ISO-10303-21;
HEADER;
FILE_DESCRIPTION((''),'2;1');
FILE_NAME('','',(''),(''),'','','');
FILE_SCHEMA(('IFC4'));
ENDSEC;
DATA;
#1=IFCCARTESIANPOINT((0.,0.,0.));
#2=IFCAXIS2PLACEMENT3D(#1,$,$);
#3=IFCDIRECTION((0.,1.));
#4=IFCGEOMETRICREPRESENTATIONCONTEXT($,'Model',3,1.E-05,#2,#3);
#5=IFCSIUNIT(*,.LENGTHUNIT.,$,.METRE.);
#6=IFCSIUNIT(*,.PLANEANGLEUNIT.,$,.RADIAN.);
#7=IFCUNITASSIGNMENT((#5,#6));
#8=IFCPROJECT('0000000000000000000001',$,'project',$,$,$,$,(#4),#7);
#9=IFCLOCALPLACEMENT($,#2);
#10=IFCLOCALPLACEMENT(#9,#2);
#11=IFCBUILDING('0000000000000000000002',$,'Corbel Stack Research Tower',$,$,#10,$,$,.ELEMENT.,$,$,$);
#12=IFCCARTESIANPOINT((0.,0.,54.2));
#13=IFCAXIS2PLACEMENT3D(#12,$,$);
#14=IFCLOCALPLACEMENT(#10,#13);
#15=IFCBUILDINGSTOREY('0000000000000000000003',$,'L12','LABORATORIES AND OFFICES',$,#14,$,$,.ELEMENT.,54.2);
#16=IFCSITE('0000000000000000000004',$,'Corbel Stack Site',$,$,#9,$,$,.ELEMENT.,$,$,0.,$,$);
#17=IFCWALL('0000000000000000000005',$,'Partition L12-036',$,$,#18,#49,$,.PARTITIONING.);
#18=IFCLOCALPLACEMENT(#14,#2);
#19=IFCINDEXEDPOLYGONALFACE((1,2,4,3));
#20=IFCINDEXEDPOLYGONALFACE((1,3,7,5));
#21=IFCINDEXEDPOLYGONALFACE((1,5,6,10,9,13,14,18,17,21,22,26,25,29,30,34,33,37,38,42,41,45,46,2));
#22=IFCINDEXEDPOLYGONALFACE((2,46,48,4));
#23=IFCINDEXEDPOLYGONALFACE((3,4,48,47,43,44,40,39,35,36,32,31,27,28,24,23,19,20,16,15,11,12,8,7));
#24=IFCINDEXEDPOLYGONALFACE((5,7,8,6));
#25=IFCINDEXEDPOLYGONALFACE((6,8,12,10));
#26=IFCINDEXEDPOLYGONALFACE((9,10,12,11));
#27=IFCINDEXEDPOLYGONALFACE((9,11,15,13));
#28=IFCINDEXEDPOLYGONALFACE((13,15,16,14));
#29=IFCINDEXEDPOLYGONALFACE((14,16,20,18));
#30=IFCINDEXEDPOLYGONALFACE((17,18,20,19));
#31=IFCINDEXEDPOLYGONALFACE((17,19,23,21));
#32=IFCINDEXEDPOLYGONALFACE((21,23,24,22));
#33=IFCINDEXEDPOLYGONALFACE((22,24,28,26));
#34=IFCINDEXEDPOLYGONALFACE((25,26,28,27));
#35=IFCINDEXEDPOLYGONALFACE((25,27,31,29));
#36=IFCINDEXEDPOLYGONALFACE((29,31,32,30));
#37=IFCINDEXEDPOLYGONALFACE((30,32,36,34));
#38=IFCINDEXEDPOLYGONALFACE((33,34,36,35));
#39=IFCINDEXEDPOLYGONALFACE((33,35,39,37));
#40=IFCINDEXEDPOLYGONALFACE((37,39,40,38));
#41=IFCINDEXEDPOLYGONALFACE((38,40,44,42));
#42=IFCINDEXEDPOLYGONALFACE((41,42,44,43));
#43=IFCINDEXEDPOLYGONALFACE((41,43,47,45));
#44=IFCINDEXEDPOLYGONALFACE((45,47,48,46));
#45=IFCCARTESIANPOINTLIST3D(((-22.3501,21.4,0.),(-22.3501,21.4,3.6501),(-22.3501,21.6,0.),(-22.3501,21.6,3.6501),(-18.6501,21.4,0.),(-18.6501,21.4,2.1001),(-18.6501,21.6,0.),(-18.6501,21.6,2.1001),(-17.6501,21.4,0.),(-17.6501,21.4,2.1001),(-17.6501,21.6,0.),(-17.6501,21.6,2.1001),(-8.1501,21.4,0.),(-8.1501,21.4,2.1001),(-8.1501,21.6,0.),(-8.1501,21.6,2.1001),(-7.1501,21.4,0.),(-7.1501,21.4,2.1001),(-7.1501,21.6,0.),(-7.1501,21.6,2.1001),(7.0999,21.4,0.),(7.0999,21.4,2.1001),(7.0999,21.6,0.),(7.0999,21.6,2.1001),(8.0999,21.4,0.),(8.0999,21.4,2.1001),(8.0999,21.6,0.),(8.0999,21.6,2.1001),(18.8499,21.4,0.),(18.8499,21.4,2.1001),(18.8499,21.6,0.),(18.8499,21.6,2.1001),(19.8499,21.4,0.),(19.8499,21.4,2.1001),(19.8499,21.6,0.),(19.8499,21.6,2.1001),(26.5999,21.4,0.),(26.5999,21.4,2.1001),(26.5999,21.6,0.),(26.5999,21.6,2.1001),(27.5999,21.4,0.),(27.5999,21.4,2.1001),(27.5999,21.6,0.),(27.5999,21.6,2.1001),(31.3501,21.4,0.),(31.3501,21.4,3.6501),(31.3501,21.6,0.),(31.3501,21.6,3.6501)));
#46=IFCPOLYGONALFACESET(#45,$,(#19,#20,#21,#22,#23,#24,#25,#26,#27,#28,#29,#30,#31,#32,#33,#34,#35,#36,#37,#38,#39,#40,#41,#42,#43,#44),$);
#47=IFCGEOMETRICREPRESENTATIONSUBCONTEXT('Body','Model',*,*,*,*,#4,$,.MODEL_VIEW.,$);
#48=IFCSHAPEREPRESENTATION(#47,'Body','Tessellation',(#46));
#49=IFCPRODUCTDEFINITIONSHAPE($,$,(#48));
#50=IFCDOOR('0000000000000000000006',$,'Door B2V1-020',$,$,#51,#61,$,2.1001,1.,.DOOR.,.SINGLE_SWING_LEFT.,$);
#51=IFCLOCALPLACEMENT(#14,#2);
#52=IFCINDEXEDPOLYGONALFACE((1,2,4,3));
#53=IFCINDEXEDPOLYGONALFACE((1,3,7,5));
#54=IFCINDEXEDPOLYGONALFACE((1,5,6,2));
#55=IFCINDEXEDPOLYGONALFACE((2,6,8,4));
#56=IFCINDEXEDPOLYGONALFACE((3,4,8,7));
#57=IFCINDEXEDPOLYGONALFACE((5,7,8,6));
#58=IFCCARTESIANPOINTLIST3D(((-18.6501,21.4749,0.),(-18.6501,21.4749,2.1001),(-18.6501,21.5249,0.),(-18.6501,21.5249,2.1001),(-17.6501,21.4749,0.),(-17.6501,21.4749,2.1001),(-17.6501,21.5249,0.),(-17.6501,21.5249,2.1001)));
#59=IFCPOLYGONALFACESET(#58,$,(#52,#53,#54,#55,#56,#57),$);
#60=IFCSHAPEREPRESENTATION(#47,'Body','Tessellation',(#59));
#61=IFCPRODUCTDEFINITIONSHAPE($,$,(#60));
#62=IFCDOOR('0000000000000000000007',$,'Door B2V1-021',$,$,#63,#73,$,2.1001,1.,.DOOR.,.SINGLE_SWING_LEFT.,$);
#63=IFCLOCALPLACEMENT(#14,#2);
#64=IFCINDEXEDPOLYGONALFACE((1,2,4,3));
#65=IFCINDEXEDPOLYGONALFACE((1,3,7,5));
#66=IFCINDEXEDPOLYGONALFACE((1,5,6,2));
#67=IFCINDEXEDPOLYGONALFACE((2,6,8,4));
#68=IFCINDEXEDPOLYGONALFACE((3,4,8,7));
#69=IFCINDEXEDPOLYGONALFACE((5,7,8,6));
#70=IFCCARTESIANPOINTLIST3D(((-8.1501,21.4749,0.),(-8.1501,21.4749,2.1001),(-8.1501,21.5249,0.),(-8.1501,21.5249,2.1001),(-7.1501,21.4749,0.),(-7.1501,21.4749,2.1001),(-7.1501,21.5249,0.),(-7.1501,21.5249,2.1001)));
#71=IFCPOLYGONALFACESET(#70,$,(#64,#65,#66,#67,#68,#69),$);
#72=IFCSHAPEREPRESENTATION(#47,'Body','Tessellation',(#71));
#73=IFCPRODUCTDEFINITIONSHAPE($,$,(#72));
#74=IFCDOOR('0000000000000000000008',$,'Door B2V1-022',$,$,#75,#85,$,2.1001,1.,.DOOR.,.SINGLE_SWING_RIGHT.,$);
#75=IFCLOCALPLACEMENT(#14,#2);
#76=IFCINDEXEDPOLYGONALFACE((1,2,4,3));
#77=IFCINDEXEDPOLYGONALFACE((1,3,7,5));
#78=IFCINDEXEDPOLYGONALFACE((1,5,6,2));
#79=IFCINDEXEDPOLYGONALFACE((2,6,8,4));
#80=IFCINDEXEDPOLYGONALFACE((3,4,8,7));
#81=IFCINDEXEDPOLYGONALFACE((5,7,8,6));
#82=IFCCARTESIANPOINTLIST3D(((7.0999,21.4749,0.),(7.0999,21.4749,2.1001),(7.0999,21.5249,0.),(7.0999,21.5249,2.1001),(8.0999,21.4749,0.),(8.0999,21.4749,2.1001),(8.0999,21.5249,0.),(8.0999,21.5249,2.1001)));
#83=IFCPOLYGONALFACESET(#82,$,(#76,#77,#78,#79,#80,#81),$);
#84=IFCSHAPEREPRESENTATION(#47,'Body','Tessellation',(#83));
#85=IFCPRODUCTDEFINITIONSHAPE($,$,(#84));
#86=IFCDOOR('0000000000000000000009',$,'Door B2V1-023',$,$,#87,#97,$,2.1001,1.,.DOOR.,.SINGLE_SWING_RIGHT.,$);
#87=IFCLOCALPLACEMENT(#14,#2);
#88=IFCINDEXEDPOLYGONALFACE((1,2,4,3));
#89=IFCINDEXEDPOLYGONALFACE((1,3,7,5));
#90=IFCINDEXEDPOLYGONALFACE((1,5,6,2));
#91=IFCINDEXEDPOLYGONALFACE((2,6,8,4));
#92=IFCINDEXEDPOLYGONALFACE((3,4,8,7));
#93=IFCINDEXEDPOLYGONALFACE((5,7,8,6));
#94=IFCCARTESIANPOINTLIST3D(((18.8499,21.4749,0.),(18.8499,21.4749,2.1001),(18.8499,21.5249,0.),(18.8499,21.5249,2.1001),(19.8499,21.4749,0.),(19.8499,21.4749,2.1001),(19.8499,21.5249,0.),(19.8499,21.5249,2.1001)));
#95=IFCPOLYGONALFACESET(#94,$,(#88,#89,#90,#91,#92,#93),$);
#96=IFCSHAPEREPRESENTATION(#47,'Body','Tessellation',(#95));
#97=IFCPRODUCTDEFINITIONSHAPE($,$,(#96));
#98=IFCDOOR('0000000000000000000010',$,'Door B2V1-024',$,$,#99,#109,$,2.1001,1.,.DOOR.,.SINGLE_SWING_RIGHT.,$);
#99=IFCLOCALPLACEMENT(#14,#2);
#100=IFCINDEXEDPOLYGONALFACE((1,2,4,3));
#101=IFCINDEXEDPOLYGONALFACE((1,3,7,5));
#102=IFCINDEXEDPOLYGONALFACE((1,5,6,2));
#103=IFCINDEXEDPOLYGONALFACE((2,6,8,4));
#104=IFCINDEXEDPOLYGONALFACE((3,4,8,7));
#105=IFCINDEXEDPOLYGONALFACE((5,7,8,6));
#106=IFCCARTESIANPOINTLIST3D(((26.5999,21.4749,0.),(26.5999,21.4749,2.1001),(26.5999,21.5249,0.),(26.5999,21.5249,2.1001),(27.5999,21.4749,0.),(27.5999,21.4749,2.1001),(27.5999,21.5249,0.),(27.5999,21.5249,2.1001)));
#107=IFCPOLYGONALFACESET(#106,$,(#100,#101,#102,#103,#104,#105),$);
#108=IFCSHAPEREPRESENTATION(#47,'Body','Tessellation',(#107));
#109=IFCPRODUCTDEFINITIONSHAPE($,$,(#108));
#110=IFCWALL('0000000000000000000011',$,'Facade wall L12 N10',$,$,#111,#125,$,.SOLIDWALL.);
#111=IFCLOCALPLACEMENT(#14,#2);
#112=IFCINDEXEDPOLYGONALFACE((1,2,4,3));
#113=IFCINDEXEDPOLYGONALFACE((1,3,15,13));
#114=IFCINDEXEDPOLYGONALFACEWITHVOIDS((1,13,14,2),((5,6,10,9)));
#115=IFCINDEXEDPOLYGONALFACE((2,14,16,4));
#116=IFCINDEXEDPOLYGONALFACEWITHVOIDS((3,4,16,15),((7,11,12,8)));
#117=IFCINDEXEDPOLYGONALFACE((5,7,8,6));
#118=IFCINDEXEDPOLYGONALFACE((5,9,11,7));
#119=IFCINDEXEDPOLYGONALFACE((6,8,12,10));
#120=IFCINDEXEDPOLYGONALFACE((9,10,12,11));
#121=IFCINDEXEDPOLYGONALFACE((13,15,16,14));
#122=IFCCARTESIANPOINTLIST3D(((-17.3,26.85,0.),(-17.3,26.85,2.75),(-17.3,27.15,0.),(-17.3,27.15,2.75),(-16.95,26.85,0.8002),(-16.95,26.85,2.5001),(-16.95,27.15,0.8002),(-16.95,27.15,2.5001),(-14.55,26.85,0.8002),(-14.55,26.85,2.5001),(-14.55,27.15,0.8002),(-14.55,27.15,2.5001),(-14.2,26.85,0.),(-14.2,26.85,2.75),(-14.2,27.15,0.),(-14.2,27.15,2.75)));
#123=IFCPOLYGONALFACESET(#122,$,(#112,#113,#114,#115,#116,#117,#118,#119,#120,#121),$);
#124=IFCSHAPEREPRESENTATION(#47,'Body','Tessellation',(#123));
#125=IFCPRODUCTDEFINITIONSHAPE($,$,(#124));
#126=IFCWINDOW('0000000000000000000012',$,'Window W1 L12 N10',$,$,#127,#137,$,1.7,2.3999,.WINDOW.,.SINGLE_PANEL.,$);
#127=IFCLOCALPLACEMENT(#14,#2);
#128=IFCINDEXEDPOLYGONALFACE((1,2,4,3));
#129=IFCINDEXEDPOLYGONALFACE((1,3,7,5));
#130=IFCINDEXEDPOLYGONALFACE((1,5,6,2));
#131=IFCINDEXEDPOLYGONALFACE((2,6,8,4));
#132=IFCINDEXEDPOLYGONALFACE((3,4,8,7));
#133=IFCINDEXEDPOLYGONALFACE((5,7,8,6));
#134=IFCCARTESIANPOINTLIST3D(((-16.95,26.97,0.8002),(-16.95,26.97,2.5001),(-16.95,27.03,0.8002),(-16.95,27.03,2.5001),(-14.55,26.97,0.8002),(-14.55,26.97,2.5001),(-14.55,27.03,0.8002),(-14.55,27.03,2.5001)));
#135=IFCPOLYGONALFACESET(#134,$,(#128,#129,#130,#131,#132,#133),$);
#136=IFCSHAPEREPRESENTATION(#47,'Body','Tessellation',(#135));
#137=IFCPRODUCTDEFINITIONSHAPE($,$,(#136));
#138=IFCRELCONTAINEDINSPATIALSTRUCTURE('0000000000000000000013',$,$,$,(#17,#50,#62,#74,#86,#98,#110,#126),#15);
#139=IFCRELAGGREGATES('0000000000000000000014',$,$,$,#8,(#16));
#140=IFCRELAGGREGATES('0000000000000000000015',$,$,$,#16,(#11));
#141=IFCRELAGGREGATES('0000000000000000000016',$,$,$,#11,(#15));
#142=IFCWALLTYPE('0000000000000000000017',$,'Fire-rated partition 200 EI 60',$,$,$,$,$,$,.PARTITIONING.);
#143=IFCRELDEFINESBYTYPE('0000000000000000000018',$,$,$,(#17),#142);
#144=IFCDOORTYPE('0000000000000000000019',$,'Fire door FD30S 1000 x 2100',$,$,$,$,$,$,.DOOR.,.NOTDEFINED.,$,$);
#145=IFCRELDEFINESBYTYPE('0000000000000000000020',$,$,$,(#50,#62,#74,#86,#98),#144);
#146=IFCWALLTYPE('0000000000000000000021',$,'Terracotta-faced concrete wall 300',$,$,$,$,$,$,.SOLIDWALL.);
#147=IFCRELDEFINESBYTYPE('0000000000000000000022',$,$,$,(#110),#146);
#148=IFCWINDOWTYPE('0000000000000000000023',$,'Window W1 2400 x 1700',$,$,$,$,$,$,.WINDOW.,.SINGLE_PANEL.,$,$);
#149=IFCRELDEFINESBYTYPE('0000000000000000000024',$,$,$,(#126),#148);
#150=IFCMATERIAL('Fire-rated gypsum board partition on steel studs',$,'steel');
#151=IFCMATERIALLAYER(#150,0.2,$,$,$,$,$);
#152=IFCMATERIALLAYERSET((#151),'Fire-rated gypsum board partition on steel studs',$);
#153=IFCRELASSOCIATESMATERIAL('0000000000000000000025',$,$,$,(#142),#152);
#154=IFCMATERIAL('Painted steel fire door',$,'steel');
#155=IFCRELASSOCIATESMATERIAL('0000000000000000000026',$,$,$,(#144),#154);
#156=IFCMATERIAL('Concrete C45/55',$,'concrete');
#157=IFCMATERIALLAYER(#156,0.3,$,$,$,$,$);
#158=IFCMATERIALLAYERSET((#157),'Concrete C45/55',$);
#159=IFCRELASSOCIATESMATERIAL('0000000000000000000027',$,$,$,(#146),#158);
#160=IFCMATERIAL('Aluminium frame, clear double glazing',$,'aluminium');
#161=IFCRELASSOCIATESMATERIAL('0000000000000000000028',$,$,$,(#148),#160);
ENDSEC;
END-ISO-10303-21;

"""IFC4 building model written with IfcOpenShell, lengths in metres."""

from ifc_helpers import new_model, si_unit, direction, frame, frame_2d, origin, place, context, subcontext, project, spatial, rectangle, extrude, material, layer, layer_set, type_object, element, fill, save


model = new_model("IFC4")

# Units and contexts
model_context = context("Model", 3, precision=1e-05, world=origin(), true_north=direction((0.0, 1.0)))
body_context = subcontext(model_context, "Body", "Model", "MODEL_VIEW")
ifc_project = project(units=[si_unit("LENGTHUNIT", "METRE"), si_unit("PLANEANGLEUNIT", "RADIAN")], contexts=[model_context])

# Site, building, storey
site_placement = place(None, origin())
site = spatial("IfcSite", under=ifc_project, at=site_placement, Name="Corbel Stack Site", CompositionType="ELEMENT", RefElevation=0.0)
building_placement = place(site_placement, origin())
building = spatial("IfcBuilding", under=site, at=building_placement, Name="Corbel Stack Research Tower", CompositionType="ELEMENT")
storey_placement = place(building_placement, frame((0.0, 0.0, 54.2)))
storey = spatial("IfcBuildingStorey", under=building, at=storey_placement, Name="L12", Description="LABORATORIES AND OFFICES", CompositionType="ELEMENT", Elevation=54.2)

# Shared definitions
ifc_material_1 = material(Name="Fire-rated gypsum board partition on steel studs", Category="steel")
ifc_layer_1 = layer(ifc_material_1, 0.2)
ifc_layer_set_1 = layer_set([ifc_layer_1], Name="Fire-rated gypsum board partition on steel studs")
wall_type_1 = type_object("IfcWallType", Name="Fire-rated partition 200 EI 60", PredefinedType="PARTITIONING", material=ifc_layer_set_1)

# Shared definitions
ifc_material_2 = material(Name="Painted steel fire door", Category="steel")
door_type_1 = type_object("IfcDoorType", Name="Fire door FD30S 1000 x 2100", OperationType="NOTDEFINED", PredefinedType="DOOR", material=ifc_material_2)

# Wall, openings, doors
wall_1_placement = place(storey_placement, frame((-22.3501, 21.5, 0.0), z_axis=(0.0, 0.0, 1.0), x_axis=(1.0, 0.0, 0.0)))
wall_1 = element("IfcWall", 1, at=wall_1_placement, inside=storey, type_object=wall_type_1, Name="Partition L12-036", PredefinedType="PARTITIONING", context=body_context, shape_type="SweptSolid", body=[
    extrude(rectangle(XDim=53.7002, YDim=0.2, at=frame_2d((26.8501, 0.0))), origin(), (0.0, 0.0, 1.0), 3.6501),
])
opening_1_placement = place(wall_1_placement, frame((3.7, 0.0, 0.0)))
opening_1 = element("IfcOpeningElement", 2, at=opening_1_placement, cuts=wall_1, PredefinedType="OPENING", context=body_context, shape_type="SweptSolid", body=[
    extrude(rectangle(XDim=1.0, YDim=2.1001, at=frame_2d((0.5, 1.05))), frame((0.0, 0.1099, 0.0), z_axis=(0.0, -1.0, 0.0), x_axis=(1.0, 0.0, 0.0)), (0.0, 0.0, 1.0), 0.22),
])
opening_2_placement = place(wall_1_placement, frame((14.2, 0.0, 0.0)))
opening_2 = element("IfcOpeningElement", 3, at=opening_2_placement, cuts=wall_1, PredefinedType="OPENING", context=body_context, shape_type="SweptSolid", body=[
    extrude(rectangle(XDim=1.0, YDim=2.1001, at=frame_2d((0.5, 1.05))), frame((0.0, 0.1099, 0.0), z_axis=(0.0, -1.0, 0.0), x_axis=(1.0, 0.0, 0.0)), (0.0, 0.0, 1.0), 0.22),
])
opening_3_placement = place(wall_1_placement, frame((29.45, 0.0, 0.0)))
opening_3 = element("IfcOpeningElement", 4, at=opening_3_placement, cuts=wall_1, PredefinedType="OPENING", context=body_context, shape_type="SweptSolid", body=[
    extrude(rectangle(XDim=1.0, YDim=2.1001, at=frame_2d((0.5, 1.05))), frame((0.0, 0.1099, 0.0), z_axis=(0.0, -1.0, 0.0), x_axis=(1.0, 0.0, 0.0)), (0.0, 0.0, 1.0), 0.22),
])
opening_4_placement = place(wall_1_placement, frame((41.2, 0.0, 0.0)))
opening_4 = element("IfcOpeningElement", 5, at=opening_4_placement, cuts=wall_1, PredefinedType="OPENING", context=body_context, shape_type="SweptSolid", body=[
    extrude(rectangle(XDim=1.0, YDim=2.1001, at=frame_2d((0.5, 1.05))), frame((0.0, 0.1099, 0.0), z_axis=(0.0, -1.0, 0.0), x_axis=(1.0, 0.0, 0.0)), (0.0, 0.0, 1.0), 0.22),
])
opening_5_placement = place(wall_1_placement, frame((48.95, 0.0, 0.0)))
opening_5 = element("IfcOpeningElement", 6, at=opening_5_placement, cuts=wall_1, PredefinedType="OPENING", context=body_context, shape_type="SweptSolid", body=[
    extrude(rectangle(XDim=1.0, YDim=2.1001, at=frame_2d((0.5, 1.05))), frame((0.0, 0.1099, 0.0), z_axis=(0.0, -1.0, 0.0), x_axis=(1.0, 0.0, 0.0)), (0.0, 0.0, 1.0), 0.22),
])
door_1_placement = place(opening_1_placement, origin())
door_1 = element("IfcDoor", 7, at=door_1_placement, inside=storey, type_object=door_type_1, Name="Door B2V1-020", OperationType="SINGLE_SWING_LEFT", OverallHeight=2.1001, OverallWidth=1.0, PredefinedType="DOOR", context=body_context, shape_type="SweptSolid", body=[
    extrude(rectangle(XDim=1.0, YDim=2.1001, at=frame_2d((0.5, 1.05))), frame((0.0, 0.0249, 0.0), z_axis=(0.0, -1.0, 0.0), x_axis=(1.0, 0.0, 0.0)), (0.0, 0.0, 1.0), 0.05),
])
fill(opening_1, door_1)
door_2_placement = place(opening_2_placement, origin())
door_2 = element("IfcDoor", 8, at=door_2_placement, inside=storey, type_object=door_type_1, Name="Door B2V1-021", OperationType="SINGLE_SWING_LEFT", OverallHeight=2.1001, OverallWidth=1.0, PredefinedType="DOOR", context=body_context, shape_type="SweptSolid", body=[
    extrude(rectangle(XDim=1.0, YDim=2.1001, at=frame_2d((0.5, 1.05))), frame((0.0, 0.0249, 0.0), z_axis=(0.0, -1.0, 0.0), x_axis=(1.0, 0.0, 0.0)), (0.0, 0.0, 1.0), 0.05),
])
fill(opening_2, door_2)
door_3_placement = place(opening_3_placement, origin())
door_3 = element("IfcDoor", 9, at=door_3_placement, inside=storey, type_object=door_type_1, Name="Door B2V1-022", OperationType="SINGLE_SWING_RIGHT", OverallHeight=2.1001, OverallWidth=1.0, PredefinedType="DOOR", context=body_context, shape_type="SweptSolid", body=[
    extrude(rectangle(XDim=1.0, YDim=2.1001, at=frame_2d((0.5, 1.05))), frame((0.0, 0.0249, 0.0), z_axis=(0.0, -1.0, 0.0), x_axis=(1.0, 0.0, 0.0)), (0.0, 0.0, 1.0), 0.05),
])
fill(opening_3, door_3)
door_4_placement = place(opening_4_placement, origin())
door_4 = element("IfcDoor", 10, at=door_4_placement, inside=storey, type_object=door_type_1, Name="Door B2V1-023", OperationType="SINGLE_SWING_RIGHT", OverallHeight=2.1001, OverallWidth=1.0, PredefinedType="DOOR", context=body_context, shape_type="SweptSolid", body=[
    extrude(rectangle(XDim=1.0, YDim=2.1001, at=frame_2d((0.5, 1.05))), frame((0.0, 0.0249, 0.0), z_axis=(0.0, -1.0, 0.0), x_axis=(1.0, 0.0, 0.0)), (0.0, 0.0, 1.0), 0.05),
])
fill(opening_4, door_4)
door_5_placement = place(opening_5_placement, origin())
door_5 = element("IfcDoor", 11, at=door_5_placement, inside=storey, type_object=door_type_1, Name="Door B2V1-024", OperationType="SINGLE_SWING_RIGHT", OverallHeight=2.1001, OverallWidth=1.0, PredefinedType="DOOR", context=body_context, shape_type="SweptSolid", body=[
    extrude(rectangle(XDim=1.0, YDim=2.1001, at=frame_2d((0.5, 1.05))), frame((0.0, 0.0249, 0.0), z_axis=(0.0, -1.0, 0.0), x_axis=(1.0, 0.0, 0.0)), (0.0, 0.0, 1.0), 0.05),
])
fill(opening_5, door_5)

# Wall, opening, window
ifc_material_3 = material(Name="Concrete C45/55", Category="concrete")
ifc_layer_2 = layer(ifc_material_3, 0.3)
ifc_layer_set_2 = layer_set([ifc_layer_2], Name="Concrete C45/55")
wall_type_2 = type_object("IfcWallType", Name="Terracotta-faced concrete wall 300", PredefinedType="SOLIDWALL", material=ifc_layer_set_2)
wall_2_placement = place(storey_placement, frame((-17.3, 27.0, 0.0), z_axis=(0.0, 0.0, 1.0), x_axis=(1.0, 0.0, 0.0)))
wall_2 = element("IfcWall", 12, at=wall_2_placement, inside=storey, type_object=wall_type_2, Name="Facade wall L12 N10", PredefinedType="SOLIDWALL", context=body_context, shape_type="SweptSolid", body=[
    extrude(rectangle(XDim=3.1001, YDim=0.3, at=frame_2d((1.55, 0.0))), origin(), (0.0, 0.0, 1.0), 2.75),
])
opening_6_placement = place(wall_2_placement, frame((0.3501, 0.0, 0.8)))
opening_6 = element("IfcOpeningElement", 13, at=opening_6_placement, cuts=wall_2, PredefinedType="OPENING", context=body_context, shape_type="SweptSolid", body=[
    extrude(rectangle(XDim=2.3999, YDim=1.7, at=frame_2d((1.2, 0.8501))), frame((0.0, 0.1599, 0.0), z_axis=(0.0, -1.0, 0.0), x_axis=(1.0, 0.0, 0.0)), (0.0, 0.0, 1.0), 0.3201),
])
ifc_material_4 = material(Name="Aluminium frame, clear double glazing", Category="aluminium")
window_type = type_object("IfcWindowType", Name="Window W1 2400 x 1700", PartitioningType="SINGLE_PANEL", PredefinedType="WINDOW", material=ifc_material_4)
window_1_placement = place(opening_6_placement, origin())
window_1 = element("IfcWindow", 14, at=window_1_placement, inside=storey, type_object=window_type, Name="Window W1 L12 N10", OverallHeight=1.7, OverallWidth=2.3999, PartitioningType="SINGLE_PANEL", PredefinedType="WINDOW", context=body_context, shape_type="SweptSolid", body=[
    extrude(rectangle(XDim=2.3999, YDim=1.7, at=frame_2d((1.2, 0.8501))), frame((0.0, 0.03, 0.0), z_axis=(0.0, -1.0, 0.0), x_axis=(1.0, 0.0, 0.0)), (0.0, 0.0, 1.0), 0.0601),
])
fill(opening_6, window_1)

save(model, "model.ifc")
